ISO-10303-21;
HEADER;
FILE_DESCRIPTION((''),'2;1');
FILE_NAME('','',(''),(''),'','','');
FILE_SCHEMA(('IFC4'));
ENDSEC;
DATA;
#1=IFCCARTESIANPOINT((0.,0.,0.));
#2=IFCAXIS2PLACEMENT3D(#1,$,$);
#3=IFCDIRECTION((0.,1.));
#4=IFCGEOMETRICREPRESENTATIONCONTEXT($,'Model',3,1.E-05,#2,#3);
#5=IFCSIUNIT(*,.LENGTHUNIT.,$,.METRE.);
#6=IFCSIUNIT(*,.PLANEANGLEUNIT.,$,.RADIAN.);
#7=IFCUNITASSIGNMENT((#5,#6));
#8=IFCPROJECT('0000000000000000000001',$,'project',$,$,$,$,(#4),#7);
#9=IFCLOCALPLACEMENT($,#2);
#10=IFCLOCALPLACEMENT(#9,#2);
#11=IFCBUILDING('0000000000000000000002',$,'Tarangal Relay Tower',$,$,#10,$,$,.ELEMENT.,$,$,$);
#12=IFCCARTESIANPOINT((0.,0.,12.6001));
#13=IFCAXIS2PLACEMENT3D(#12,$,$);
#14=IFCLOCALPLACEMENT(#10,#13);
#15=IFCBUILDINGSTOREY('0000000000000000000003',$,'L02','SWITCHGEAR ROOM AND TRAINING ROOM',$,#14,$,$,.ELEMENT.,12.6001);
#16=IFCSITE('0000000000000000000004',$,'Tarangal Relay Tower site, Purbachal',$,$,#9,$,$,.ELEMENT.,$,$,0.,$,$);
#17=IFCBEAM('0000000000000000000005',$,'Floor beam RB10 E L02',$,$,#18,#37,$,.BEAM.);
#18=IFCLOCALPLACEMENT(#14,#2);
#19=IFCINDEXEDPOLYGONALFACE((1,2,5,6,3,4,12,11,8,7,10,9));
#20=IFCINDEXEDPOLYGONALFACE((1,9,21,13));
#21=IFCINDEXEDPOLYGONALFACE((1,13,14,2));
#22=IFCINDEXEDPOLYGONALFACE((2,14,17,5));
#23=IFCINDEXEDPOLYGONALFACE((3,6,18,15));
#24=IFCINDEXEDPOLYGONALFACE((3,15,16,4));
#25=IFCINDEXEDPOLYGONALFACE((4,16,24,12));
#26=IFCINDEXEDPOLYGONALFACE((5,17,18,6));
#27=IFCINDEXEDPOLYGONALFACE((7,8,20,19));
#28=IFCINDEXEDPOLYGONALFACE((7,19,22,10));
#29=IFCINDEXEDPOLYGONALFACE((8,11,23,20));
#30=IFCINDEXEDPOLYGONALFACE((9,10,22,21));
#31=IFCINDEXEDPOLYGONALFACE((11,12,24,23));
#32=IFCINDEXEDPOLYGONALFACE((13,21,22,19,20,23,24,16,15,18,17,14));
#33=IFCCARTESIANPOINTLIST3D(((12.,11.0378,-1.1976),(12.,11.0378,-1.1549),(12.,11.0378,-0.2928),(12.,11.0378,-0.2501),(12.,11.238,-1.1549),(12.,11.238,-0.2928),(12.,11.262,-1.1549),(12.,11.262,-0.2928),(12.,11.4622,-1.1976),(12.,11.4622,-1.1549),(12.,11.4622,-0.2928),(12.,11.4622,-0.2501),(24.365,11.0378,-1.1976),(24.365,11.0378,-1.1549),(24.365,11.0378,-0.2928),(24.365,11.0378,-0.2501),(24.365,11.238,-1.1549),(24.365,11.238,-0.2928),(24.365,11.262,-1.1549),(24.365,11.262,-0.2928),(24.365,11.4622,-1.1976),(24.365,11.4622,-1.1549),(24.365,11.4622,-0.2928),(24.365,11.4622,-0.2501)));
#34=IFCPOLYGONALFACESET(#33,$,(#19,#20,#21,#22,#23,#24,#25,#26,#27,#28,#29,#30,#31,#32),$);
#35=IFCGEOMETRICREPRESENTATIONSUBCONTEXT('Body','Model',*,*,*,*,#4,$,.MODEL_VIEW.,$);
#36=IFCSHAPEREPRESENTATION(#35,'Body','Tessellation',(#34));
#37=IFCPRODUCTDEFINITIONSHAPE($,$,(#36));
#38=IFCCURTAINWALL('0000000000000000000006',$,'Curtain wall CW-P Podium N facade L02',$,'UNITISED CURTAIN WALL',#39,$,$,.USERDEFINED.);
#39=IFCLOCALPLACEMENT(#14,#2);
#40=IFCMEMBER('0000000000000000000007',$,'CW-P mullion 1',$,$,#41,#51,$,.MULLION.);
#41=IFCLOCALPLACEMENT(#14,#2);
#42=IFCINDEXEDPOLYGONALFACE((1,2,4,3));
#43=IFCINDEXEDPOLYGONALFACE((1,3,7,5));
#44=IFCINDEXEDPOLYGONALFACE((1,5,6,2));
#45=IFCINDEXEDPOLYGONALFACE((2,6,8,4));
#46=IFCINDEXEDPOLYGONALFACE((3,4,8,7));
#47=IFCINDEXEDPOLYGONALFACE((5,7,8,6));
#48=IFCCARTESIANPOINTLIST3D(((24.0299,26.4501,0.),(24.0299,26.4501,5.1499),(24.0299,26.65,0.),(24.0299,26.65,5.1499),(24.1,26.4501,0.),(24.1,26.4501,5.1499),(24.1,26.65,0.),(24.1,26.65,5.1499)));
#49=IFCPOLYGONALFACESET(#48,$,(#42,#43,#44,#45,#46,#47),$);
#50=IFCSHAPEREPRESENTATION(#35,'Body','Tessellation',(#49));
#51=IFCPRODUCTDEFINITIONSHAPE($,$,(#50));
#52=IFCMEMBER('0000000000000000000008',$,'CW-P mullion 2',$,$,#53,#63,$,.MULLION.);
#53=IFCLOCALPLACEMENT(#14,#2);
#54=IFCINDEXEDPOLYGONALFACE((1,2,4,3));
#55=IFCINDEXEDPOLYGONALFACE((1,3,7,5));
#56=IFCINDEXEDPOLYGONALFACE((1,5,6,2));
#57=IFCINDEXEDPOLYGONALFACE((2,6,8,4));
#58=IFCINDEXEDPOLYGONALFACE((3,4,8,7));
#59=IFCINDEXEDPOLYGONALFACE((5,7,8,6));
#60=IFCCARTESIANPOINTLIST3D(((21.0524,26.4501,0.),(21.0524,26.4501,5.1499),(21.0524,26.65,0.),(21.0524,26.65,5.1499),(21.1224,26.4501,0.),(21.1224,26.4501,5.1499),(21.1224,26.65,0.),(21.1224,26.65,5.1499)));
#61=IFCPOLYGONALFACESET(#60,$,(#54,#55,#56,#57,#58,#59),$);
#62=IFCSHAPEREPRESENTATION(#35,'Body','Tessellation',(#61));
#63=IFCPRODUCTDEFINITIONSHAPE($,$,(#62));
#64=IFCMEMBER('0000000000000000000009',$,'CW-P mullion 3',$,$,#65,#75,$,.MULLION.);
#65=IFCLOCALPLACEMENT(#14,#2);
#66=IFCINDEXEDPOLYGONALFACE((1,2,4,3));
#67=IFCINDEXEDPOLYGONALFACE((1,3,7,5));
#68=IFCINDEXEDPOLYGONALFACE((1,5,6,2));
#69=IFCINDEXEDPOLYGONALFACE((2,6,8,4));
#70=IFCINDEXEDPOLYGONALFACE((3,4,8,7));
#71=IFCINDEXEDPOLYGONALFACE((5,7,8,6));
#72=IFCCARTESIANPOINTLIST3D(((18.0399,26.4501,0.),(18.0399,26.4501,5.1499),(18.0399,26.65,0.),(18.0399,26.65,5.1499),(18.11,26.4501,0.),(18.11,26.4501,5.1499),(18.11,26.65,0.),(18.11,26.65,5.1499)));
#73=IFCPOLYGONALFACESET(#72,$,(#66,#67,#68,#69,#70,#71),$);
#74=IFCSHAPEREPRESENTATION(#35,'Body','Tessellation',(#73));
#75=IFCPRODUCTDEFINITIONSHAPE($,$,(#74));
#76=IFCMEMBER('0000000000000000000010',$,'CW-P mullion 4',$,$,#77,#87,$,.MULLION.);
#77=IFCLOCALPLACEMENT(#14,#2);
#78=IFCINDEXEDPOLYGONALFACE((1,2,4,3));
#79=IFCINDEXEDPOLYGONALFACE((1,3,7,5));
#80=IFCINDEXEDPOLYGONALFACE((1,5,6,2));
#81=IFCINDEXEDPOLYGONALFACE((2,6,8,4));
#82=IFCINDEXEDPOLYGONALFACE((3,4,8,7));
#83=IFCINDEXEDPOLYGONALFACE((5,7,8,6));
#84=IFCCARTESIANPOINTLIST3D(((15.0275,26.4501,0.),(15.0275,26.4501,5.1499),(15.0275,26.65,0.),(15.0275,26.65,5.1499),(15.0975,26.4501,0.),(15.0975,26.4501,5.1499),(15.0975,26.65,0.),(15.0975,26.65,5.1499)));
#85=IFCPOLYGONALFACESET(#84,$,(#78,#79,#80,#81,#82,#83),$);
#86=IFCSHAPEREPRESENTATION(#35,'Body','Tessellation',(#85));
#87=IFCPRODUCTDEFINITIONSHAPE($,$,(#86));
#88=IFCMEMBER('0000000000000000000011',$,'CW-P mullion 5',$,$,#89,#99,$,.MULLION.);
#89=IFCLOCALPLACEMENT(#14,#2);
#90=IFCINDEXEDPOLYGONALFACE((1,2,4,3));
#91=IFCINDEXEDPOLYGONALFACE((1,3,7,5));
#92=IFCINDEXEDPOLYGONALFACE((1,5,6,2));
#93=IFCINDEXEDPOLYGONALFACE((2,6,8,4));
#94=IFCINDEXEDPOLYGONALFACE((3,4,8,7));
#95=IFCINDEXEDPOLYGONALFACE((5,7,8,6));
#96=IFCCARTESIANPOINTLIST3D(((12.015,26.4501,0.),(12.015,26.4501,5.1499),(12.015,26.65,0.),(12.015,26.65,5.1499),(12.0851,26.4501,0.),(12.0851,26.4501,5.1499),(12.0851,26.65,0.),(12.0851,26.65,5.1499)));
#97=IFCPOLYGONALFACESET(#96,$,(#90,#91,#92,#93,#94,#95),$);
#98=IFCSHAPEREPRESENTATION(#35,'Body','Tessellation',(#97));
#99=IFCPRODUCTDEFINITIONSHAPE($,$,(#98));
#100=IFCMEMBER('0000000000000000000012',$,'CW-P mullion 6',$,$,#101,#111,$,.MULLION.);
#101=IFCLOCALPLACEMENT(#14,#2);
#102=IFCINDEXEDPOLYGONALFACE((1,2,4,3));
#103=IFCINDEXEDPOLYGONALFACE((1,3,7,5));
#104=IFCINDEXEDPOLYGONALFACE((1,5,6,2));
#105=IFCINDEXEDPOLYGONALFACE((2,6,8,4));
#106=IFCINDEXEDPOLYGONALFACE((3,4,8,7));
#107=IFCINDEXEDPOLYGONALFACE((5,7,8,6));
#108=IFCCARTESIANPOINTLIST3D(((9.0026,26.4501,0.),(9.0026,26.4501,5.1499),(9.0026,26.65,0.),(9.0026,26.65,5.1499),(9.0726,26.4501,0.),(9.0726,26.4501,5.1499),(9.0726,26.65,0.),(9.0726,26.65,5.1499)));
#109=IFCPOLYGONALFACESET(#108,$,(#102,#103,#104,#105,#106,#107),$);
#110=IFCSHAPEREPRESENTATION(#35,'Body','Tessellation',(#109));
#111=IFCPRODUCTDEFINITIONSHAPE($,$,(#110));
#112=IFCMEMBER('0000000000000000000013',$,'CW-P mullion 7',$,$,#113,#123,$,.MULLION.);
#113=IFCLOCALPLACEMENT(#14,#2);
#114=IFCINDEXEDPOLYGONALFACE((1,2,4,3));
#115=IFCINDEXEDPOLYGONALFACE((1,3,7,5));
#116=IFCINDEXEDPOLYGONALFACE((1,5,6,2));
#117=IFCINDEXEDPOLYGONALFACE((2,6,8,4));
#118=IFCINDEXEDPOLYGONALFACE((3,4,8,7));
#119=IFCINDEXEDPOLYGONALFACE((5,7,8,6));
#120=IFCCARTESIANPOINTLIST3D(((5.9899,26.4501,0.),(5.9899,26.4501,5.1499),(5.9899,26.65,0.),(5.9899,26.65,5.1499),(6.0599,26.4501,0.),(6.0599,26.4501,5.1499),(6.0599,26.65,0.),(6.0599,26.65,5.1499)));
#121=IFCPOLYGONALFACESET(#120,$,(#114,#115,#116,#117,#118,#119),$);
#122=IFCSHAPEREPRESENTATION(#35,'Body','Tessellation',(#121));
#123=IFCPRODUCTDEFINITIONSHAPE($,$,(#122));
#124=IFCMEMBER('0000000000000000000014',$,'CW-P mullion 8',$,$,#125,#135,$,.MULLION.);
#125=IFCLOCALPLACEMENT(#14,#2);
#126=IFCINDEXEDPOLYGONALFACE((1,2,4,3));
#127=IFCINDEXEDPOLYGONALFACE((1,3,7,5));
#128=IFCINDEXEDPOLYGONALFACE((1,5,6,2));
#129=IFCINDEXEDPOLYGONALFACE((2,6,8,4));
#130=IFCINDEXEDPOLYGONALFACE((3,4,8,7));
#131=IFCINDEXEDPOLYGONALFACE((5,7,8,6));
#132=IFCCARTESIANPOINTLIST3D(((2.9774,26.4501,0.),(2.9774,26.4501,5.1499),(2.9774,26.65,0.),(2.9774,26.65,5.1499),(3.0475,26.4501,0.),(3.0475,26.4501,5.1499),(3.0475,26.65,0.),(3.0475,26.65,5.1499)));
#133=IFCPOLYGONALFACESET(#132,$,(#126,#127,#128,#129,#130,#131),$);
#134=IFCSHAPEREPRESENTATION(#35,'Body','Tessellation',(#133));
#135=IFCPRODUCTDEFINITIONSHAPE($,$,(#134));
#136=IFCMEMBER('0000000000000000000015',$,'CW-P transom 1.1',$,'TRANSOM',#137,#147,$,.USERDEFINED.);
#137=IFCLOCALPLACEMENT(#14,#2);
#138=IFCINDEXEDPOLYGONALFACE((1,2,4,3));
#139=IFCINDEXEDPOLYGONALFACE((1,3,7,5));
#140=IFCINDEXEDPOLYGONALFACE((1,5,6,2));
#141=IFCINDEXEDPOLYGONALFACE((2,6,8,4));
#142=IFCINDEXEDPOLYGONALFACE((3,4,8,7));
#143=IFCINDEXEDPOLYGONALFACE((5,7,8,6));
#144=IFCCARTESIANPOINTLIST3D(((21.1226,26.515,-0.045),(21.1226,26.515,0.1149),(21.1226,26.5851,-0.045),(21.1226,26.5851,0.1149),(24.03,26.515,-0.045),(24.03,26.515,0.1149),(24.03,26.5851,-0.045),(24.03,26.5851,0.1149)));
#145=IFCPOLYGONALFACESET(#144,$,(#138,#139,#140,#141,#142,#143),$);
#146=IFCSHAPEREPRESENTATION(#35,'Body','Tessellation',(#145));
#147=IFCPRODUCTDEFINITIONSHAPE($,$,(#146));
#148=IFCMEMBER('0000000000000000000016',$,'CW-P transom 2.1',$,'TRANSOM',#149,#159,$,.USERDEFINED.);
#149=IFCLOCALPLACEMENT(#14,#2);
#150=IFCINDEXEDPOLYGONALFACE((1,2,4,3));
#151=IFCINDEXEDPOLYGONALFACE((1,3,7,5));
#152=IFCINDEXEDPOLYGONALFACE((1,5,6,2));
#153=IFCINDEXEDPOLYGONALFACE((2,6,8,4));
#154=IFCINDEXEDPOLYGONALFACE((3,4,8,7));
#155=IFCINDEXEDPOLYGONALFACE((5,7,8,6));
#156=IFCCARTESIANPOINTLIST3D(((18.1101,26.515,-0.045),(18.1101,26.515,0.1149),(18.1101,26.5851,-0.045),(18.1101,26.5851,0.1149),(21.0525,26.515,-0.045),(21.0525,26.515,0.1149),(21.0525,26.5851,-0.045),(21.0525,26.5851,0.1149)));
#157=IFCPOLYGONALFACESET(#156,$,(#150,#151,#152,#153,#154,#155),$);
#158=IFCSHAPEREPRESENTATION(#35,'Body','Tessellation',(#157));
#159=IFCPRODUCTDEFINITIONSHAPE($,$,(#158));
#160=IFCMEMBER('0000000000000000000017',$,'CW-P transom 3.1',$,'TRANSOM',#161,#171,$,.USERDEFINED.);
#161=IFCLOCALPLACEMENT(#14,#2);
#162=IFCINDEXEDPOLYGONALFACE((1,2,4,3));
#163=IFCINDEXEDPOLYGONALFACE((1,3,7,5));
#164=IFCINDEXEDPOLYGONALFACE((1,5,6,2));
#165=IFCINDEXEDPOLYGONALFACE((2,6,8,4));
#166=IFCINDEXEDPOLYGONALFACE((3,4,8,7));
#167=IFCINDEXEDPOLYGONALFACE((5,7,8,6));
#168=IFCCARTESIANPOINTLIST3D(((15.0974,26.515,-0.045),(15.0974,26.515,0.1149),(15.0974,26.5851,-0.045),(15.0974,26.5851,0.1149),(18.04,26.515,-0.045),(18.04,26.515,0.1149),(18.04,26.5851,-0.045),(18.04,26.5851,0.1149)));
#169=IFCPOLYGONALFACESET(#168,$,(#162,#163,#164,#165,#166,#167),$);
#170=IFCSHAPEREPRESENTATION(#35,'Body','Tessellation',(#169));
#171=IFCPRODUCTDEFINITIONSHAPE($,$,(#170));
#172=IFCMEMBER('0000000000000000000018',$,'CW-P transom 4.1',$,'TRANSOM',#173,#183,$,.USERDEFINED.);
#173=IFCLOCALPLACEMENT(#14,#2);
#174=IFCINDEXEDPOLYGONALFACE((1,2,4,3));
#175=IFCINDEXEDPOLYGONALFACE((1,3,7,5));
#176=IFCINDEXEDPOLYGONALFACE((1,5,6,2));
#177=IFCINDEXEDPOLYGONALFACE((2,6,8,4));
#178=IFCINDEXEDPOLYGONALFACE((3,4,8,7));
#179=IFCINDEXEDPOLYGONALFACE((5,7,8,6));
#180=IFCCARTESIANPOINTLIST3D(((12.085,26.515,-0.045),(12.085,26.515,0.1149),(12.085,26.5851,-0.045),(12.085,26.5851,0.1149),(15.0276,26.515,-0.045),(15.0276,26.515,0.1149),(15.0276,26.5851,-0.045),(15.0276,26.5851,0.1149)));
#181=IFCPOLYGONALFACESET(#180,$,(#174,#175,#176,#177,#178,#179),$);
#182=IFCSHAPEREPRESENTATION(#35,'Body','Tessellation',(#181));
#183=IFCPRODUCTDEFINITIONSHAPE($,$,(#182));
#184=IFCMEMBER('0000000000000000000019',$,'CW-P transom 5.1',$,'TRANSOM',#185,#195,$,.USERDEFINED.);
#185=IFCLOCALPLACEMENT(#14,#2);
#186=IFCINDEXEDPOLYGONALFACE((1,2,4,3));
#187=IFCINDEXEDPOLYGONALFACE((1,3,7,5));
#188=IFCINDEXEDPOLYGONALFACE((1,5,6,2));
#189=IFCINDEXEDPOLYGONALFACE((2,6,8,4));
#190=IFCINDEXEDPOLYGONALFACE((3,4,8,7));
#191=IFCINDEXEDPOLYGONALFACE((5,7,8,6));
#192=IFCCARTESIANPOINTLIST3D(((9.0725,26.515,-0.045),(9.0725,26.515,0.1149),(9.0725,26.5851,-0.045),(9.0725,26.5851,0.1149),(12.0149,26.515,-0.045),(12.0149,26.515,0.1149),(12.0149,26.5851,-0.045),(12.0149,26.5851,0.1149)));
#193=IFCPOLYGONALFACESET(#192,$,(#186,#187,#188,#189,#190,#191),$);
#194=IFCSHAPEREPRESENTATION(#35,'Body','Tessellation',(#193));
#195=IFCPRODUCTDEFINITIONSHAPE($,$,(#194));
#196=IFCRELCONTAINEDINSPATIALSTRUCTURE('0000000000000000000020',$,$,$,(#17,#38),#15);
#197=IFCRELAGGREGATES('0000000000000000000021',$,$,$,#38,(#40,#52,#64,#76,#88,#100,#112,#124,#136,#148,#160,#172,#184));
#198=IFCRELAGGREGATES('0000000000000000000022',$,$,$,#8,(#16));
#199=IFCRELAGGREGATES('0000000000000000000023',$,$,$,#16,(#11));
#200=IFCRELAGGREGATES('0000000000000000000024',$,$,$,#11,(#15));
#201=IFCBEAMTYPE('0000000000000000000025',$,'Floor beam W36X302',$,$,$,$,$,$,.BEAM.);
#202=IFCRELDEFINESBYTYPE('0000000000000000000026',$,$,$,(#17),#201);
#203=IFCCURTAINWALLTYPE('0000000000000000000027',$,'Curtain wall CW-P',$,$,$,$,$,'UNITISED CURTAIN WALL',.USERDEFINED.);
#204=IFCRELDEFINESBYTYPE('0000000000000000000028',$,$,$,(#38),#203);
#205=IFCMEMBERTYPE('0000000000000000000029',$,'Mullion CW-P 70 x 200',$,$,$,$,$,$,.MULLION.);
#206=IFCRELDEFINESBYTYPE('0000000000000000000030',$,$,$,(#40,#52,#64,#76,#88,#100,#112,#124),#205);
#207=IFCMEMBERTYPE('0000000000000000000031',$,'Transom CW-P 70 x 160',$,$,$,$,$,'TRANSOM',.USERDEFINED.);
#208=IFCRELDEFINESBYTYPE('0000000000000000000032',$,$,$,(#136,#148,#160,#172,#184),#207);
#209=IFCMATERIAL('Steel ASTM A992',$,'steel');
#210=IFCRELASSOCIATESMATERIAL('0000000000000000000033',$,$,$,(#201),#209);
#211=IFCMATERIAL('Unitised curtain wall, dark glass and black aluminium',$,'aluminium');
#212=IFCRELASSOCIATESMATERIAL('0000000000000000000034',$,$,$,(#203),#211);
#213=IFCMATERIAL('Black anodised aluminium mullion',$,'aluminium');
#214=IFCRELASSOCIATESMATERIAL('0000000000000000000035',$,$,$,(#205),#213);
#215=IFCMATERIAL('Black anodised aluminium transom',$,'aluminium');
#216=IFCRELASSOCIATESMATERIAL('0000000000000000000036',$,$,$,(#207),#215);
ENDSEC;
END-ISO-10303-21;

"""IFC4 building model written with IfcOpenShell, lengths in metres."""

from ifc_helpers import new_model, si_unit, direction, frame, origin, origin_2d, place, context, subcontext, project, spatial, rectangle, i_section, extrude, material, material_profile, profile_set, type_object, element, aggregate, save


model = new_model("IFC4")

# Units and contexts
model_context = context("Model", 3, precision=1e-05, world=origin(), true_north=direction((0.0, 1.0)))
body_context = subcontext(model_context, "Body", "Model", "MODEL_VIEW")
ifc_project = project(units=[si_unit("LENGTHUNIT", "METRE"), si_unit("PLANEANGLEUNIT", "RADIAN")], contexts=[model_context])

# Site, building, storey
site_placement = place(None, origin())
site = spatial("IfcSite", under=ifc_project, at=site_placement, Name="Tarangal Relay Tower site, Purbachal", CompositionType="ELEMENT", RefElevation=0.0)
building_placement = place(site_placement, origin())
building = spatial("IfcBuilding", under=site, at=building_placement, Name="Tarangal Relay Tower", CompositionType="ELEMENT")
storey_placement = place(building_placement, frame((0.0, 0.0, 12.6001)))
storey = spatial("IfcBuildingStorey", under=building, at=storey_placement, Name="L02", Description="SWITCHGEAR ROOM AND TRAINING ROOM", CompositionType="ELEMENT", Elevation=12.6001)

# Beam
ifc_material_1 = material(Name="Steel ASTM A992", Category="steel")
ifc_material_profile_1 = material_profile(ifc_material_1, i_section(OverallWidth=0.4243, OverallDepth=0.9475, WebThickness=0.0239, FlangeThickness=0.0427, at=origin_2d()), Name="W36X302")
ifc_profile_set_1 = profile_set([ifc_material_profile_1], Name="Steel ASTM A992")
beam_type_1 = type_object("IfcBeamType", Name="Floor beam W36X302", PredefinedType="BEAM", material=ifc_profile_set_1)
for number, where, z_axis, x_axis, name in (
    (1, (12.0, 11.25, -0.7239), (1.0, 0.0, 0.0), (0.0, 1.0, 0.0), "Floor beam RB10 E L02"),
):
    element("IfcBeam", number, at=place(storey_placement, frame(where, z_axis=z_axis, x_axis=x_axis)), inside=storey, type_object=beam_type_1, Name=name, PredefinedType="BEAM", context=body_context, shape_type="SweptSolid", body=[
        extrude(i_section(OverallWidth=0.4243, OverallDepth=0.9475, WebThickness=0.0239, FlangeThickness=0.0427, at=origin_2d()), origin(), (0.0, 0.0, 1.0), 12.365),
    ])

# Curtain wall, members
ifc_material_2 = material(Name="Unitised curtain wall, dark glass and black aluminium", Category="aluminium")
curtain_wall_type = type_object("IfcCurtainWallType", Name="Curtain wall CW-P", ElementType="UNITISED CURTAIN WALL", PredefinedType="USERDEFINED", material=ifc_material_2)
curtain_wall_placement = place(storey_placement, origin())
curtain_wall = element("IfcCurtainWall", 2, at=curtain_wall_placement, inside=storey, type_object=curtain_wall_type, Name="Curtain wall CW-P Podium N facade L02", ObjectType="UNITISED CURTAIN WALL", PredefinedType="USERDEFINED")
ifc_material_3 = material(Name="Black anodised aluminium mullion", Category="aluminium")
ifc_material_profile_2 = material_profile(ifc_material_3, rectangle(XDim=0.2, YDim=0.0701, at=origin_2d()), Name="CW-PM 70X200")
ifc_profile_set_2 = profile_set([ifc_material_profile_2], Name="Black anodised aluminium mullion")
member_type_1 = type_object("IfcMemberType", Name="Mullion CW-P 70 x 200", PredefinedType="MULLION", material=ifc_profile_set_2)
member_1_placement = place(storey_placement, frame((24.0649, 26.55, 0.0), z_axis=(0.0, 0.0, 1.0), x_axis=(0.0, -1.0, 0.0)))
member_1 = element("IfcMember", 3, at=member_1_placement, type_object=member_type_1, Name="CW-P mullion 1", PredefinedType="MULLION", context=body_context, shape_type="SweptSolid", body=[
    extrude(rectangle(XDim=0.2, YDim=0.0701, at=origin_2d()), origin(), (0.0, 0.0, 1.0), 5.1499),
])
member_2_placement = place(storey_placement, frame((21.0874, 26.55, 0.0), z_axis=(0.0, 0.0, 1.0), x_axis=(0.0, -1.0, 0.0)))
member_2 = element("IfcMember", 4, at=member_2_placement, type_object=member_type_1, Name="CW-P mullion 2", PredefinedType="MULLION", context=body_context, shape_type="SweptSolid", body=[
    extrude(rectangle(XDim=0.2, YDim=0.0701, at=origin_2d()), origin(), (0.0, 0.0, 1.0), 5.1499),
])
member_3_placement = place(storey_placement, frame((18.075, 26.55, 0.0), z_axis=(0.0, 0.0, 1.0), x_axis=(0.0, -1.0, 0.0)))
member_3 = element("IfcMember", 5, at=member_3_placement, type_object=member_type_1, Name="CW-P mullion 3", PredefinedType="MULLION", context=body_context, shape_type="SweptSolid", body=[
    extrude(rectangle(XDim=0.2, YDim=0.0701, at=origin_2d()), origin(), (0.0, 0.0, 1.0), 5.1499),
])
member_4_placement = place(storey_placement, frame((15.0625, 26.55, 0.0), z_axis=(0.0, 0.0, 1.0), x_axis=(0.0, -1.0, 0.0)))
member_4 = element("IfcMember", 6, at=member_4_placement, type_object=member_type_1, Name="CW-P mullion 4", PredefinedType="MULLION", context=body_context, shape_type="SweptSolid", body=[
    extrude(rectangle(XDim=0.2, YDim=0.0701, at=origin_2d()), origin(), (0.0, 0.0, 1.0), 5.1499),
])
member_5_placement = place(storey_placement, frame((12.05, 26.55, 0.0), z_axis=(0.0, 0.0, 1.0), x_axis=(0.0, -1.0, 0.0)))
member_5 = element("IfcMember", 7, at=member_5_placement, type_object=member_type_1, Name="CW-P mullion 5", PredefinedType="MULLION", context=body_context, shape_type="SweptSolid", body=[
    extrude(rectangle(XDim=0.2, YDim=0.0701, at=origin_2d()), origin(), (0.0, 0.0, 1.0), 5.1499),
])
member_6_placement = place(storey_placement, frame((9.0376, 26.55, 0.0), z_axis=(0.0, 0.0, 1.0), x_axis=(0.0, -1.0, 0.0)))
member_6 = element("IfcMember", 8, at=member_6_placement, type_object=member_type_1, Name="CW-P mullion 6", PredefinedType="MULLION", context=body_context, shape_type="SweptSolid", body=[
    extrude(rectangle(XDim=0.2, YDim=0.0701, at=origin_2d()), origin(), (0.0, 0.0, 1.0), 5.1499),
])
member_7_placement = place(storey_placement, frame((6.0249, 26.55, 0.0), z_axis=(0.0, 0.0, 1.0), x_axis=(0.0, -1.0, 0.0)))
member_7 = element("IfcMember", 9, at=member_7_placement, type_object=member_type_1, Name="CW-P mullion 7", PredefinedType="MULLION", context=body_context, shape_type="SweptSolid", body=[
    extrude(rectangle(XDim=0.2, YDim=0.0701, at=origin_2d()), origin(), (0.0, 0.0, 1.0), 5.1499),
])
member_8_placement = place(storey_placement, frame((3.0125, 26.55, 0.0), z_axis=(0.0, 0.0, 1.0), x_axis=(0.0, -1.0, 0.0)))
member_8 = element("IfcMember", 10, at=member_8_placement, type_object=member_type_1, Name="CW-P mullion 8", PredefinedType="MULLION", context=body_context, shape_type="SweptSolid", body=[
    extrude(rectangle(XDim=0.2, YDim=0.0701, at=origin_2d()), origin(), (0.0, 0.0, 1.0), 5.1499),
])
ifc_material_4 = material(Name="Black anodised aluminium transom", Category="aluminium")
ifc_material_profile_3 = material_profile(ifc_material_4, rectangle(XDim=0.0701, YDim=0.1599, at=origin_2d()), Name="CW-PT 70X160")
ifc_profile_set_3 = profile_set([ifc_material_profile_3], Name="Black anodised aluminium transom")
member_type_2 = type_object("IfcMemberType", Name="Transom CW-P 70 x 160", ElementType="TRANSOM", PredefinedType="USERDEFINED", material=ifc_profile_set_3)
member_9_placement = place(storey_placement, frame((24.03, 26.55, 0.0349), z_axis=(-1.0, 0.0, 0.0), x_axis=(0.0, -1.0, 0.0)))
member_9 = element("IfcMember", 11, at=member_9_placement, type_object=member_type_2, Name="CW-P transom 1.1", ObjectType="TRANSOM", PredefinedType="USERDEFINED", context=body_context, shape_type="SweptSolid", body=[
    extrude(rectangle(XDim=0.0701, YDim=0.1599, at=origin_2d()), origin(), (0.0, 0.0, 1.0), 2.9075),
])
member_10_placement = place(storey_placement, frame((21.0525, 26.55, 0.0349), z_axis=(-1.0, 0.0, 0.0), x_axis=(0.0, -1.0, 0.0)))
member_10 = element("IfcMember", 12, at=member_10_placement, type_object=member_type_2, Name="CW-P transom 2.1", ObjectType="TRANSOM", PredefinedType="USERDEFINED", context=body_context, shape_type="SweptSolid", body=[
    extrude(rectangle(XDim=0.0701, YDim=0.1599, at=origin_2d()), origin(), (0.0, 0.0, 1.0), 2.9424),
])
member_11_placement = place(storey_placement, frame((18.04, 26.55, 0.0349), z_axis=(-1.0, 0.0, 0.0), x_axis=(0.0, -1.0, 0.0)))
member_11 = element("IfcMember", 13, at=member_11_placement, type_object=member_type_2, Name="CW-P transom 3.1", ObjectType="TRANSOM", PredefinedType="USERDEFINED", context=body_context, shape_type="SweptSolid", body=[
    extrude(rectangle(XDim=0.0701, YDim=0.1599, at=origin_2d()), origin(), (0.0, 0.0, 1.0), 2.9426),
])
member_12_placement = place(storey_placement, frame((15.0276, 26.55, 0.0349), z_axis=(-1.0, 0.0, 0.0), x_axis=(0.0, -1.0, 0.0)))
member_12 = element("IfcMember", 14, at=member_12_placement, type_object=member_type_2, Name="CW-P transom 4.1", ObjectType="TRANSOM", PredefinedType="USERDEFINED", context=body_context, shape_type="SweptSolid", body=[
    extrude(rectangle(XDim=0.0701, YDim=0.1599, at=origin_2d()), origin(), (0.0, 0.0, 1.0), 2.9426),
])
member_13_placement = place(storey_placement, frame((12.0149, 26.55, 0.0349), z_axis=(-1.0, 0.0, 0.0), x_axis=(0.0, -1.0, 0.0)))
member_13 = element("IfcMember", 15, at=member_13_placement, type_object=member_type_2, Name="CW-P transom 5.1", ObjectType="TRANSOM", PredefinedType="USERDEFINED", context=body_context, shape_type="SweptSolid", body=[
    extrude(rectangle(XDim=0.0701, YDim=0.1599, at=origin_2d()), origin(), (0.0, 0.0, 1.0), 2.9424),
])
aggregate(curtain_wall, [member_1, member_2, member_3, member_4, member_5, member_6, member_7, member_8, member_9, member_10, member_11, member_12, member_13])

save(model, "model.ifc")
